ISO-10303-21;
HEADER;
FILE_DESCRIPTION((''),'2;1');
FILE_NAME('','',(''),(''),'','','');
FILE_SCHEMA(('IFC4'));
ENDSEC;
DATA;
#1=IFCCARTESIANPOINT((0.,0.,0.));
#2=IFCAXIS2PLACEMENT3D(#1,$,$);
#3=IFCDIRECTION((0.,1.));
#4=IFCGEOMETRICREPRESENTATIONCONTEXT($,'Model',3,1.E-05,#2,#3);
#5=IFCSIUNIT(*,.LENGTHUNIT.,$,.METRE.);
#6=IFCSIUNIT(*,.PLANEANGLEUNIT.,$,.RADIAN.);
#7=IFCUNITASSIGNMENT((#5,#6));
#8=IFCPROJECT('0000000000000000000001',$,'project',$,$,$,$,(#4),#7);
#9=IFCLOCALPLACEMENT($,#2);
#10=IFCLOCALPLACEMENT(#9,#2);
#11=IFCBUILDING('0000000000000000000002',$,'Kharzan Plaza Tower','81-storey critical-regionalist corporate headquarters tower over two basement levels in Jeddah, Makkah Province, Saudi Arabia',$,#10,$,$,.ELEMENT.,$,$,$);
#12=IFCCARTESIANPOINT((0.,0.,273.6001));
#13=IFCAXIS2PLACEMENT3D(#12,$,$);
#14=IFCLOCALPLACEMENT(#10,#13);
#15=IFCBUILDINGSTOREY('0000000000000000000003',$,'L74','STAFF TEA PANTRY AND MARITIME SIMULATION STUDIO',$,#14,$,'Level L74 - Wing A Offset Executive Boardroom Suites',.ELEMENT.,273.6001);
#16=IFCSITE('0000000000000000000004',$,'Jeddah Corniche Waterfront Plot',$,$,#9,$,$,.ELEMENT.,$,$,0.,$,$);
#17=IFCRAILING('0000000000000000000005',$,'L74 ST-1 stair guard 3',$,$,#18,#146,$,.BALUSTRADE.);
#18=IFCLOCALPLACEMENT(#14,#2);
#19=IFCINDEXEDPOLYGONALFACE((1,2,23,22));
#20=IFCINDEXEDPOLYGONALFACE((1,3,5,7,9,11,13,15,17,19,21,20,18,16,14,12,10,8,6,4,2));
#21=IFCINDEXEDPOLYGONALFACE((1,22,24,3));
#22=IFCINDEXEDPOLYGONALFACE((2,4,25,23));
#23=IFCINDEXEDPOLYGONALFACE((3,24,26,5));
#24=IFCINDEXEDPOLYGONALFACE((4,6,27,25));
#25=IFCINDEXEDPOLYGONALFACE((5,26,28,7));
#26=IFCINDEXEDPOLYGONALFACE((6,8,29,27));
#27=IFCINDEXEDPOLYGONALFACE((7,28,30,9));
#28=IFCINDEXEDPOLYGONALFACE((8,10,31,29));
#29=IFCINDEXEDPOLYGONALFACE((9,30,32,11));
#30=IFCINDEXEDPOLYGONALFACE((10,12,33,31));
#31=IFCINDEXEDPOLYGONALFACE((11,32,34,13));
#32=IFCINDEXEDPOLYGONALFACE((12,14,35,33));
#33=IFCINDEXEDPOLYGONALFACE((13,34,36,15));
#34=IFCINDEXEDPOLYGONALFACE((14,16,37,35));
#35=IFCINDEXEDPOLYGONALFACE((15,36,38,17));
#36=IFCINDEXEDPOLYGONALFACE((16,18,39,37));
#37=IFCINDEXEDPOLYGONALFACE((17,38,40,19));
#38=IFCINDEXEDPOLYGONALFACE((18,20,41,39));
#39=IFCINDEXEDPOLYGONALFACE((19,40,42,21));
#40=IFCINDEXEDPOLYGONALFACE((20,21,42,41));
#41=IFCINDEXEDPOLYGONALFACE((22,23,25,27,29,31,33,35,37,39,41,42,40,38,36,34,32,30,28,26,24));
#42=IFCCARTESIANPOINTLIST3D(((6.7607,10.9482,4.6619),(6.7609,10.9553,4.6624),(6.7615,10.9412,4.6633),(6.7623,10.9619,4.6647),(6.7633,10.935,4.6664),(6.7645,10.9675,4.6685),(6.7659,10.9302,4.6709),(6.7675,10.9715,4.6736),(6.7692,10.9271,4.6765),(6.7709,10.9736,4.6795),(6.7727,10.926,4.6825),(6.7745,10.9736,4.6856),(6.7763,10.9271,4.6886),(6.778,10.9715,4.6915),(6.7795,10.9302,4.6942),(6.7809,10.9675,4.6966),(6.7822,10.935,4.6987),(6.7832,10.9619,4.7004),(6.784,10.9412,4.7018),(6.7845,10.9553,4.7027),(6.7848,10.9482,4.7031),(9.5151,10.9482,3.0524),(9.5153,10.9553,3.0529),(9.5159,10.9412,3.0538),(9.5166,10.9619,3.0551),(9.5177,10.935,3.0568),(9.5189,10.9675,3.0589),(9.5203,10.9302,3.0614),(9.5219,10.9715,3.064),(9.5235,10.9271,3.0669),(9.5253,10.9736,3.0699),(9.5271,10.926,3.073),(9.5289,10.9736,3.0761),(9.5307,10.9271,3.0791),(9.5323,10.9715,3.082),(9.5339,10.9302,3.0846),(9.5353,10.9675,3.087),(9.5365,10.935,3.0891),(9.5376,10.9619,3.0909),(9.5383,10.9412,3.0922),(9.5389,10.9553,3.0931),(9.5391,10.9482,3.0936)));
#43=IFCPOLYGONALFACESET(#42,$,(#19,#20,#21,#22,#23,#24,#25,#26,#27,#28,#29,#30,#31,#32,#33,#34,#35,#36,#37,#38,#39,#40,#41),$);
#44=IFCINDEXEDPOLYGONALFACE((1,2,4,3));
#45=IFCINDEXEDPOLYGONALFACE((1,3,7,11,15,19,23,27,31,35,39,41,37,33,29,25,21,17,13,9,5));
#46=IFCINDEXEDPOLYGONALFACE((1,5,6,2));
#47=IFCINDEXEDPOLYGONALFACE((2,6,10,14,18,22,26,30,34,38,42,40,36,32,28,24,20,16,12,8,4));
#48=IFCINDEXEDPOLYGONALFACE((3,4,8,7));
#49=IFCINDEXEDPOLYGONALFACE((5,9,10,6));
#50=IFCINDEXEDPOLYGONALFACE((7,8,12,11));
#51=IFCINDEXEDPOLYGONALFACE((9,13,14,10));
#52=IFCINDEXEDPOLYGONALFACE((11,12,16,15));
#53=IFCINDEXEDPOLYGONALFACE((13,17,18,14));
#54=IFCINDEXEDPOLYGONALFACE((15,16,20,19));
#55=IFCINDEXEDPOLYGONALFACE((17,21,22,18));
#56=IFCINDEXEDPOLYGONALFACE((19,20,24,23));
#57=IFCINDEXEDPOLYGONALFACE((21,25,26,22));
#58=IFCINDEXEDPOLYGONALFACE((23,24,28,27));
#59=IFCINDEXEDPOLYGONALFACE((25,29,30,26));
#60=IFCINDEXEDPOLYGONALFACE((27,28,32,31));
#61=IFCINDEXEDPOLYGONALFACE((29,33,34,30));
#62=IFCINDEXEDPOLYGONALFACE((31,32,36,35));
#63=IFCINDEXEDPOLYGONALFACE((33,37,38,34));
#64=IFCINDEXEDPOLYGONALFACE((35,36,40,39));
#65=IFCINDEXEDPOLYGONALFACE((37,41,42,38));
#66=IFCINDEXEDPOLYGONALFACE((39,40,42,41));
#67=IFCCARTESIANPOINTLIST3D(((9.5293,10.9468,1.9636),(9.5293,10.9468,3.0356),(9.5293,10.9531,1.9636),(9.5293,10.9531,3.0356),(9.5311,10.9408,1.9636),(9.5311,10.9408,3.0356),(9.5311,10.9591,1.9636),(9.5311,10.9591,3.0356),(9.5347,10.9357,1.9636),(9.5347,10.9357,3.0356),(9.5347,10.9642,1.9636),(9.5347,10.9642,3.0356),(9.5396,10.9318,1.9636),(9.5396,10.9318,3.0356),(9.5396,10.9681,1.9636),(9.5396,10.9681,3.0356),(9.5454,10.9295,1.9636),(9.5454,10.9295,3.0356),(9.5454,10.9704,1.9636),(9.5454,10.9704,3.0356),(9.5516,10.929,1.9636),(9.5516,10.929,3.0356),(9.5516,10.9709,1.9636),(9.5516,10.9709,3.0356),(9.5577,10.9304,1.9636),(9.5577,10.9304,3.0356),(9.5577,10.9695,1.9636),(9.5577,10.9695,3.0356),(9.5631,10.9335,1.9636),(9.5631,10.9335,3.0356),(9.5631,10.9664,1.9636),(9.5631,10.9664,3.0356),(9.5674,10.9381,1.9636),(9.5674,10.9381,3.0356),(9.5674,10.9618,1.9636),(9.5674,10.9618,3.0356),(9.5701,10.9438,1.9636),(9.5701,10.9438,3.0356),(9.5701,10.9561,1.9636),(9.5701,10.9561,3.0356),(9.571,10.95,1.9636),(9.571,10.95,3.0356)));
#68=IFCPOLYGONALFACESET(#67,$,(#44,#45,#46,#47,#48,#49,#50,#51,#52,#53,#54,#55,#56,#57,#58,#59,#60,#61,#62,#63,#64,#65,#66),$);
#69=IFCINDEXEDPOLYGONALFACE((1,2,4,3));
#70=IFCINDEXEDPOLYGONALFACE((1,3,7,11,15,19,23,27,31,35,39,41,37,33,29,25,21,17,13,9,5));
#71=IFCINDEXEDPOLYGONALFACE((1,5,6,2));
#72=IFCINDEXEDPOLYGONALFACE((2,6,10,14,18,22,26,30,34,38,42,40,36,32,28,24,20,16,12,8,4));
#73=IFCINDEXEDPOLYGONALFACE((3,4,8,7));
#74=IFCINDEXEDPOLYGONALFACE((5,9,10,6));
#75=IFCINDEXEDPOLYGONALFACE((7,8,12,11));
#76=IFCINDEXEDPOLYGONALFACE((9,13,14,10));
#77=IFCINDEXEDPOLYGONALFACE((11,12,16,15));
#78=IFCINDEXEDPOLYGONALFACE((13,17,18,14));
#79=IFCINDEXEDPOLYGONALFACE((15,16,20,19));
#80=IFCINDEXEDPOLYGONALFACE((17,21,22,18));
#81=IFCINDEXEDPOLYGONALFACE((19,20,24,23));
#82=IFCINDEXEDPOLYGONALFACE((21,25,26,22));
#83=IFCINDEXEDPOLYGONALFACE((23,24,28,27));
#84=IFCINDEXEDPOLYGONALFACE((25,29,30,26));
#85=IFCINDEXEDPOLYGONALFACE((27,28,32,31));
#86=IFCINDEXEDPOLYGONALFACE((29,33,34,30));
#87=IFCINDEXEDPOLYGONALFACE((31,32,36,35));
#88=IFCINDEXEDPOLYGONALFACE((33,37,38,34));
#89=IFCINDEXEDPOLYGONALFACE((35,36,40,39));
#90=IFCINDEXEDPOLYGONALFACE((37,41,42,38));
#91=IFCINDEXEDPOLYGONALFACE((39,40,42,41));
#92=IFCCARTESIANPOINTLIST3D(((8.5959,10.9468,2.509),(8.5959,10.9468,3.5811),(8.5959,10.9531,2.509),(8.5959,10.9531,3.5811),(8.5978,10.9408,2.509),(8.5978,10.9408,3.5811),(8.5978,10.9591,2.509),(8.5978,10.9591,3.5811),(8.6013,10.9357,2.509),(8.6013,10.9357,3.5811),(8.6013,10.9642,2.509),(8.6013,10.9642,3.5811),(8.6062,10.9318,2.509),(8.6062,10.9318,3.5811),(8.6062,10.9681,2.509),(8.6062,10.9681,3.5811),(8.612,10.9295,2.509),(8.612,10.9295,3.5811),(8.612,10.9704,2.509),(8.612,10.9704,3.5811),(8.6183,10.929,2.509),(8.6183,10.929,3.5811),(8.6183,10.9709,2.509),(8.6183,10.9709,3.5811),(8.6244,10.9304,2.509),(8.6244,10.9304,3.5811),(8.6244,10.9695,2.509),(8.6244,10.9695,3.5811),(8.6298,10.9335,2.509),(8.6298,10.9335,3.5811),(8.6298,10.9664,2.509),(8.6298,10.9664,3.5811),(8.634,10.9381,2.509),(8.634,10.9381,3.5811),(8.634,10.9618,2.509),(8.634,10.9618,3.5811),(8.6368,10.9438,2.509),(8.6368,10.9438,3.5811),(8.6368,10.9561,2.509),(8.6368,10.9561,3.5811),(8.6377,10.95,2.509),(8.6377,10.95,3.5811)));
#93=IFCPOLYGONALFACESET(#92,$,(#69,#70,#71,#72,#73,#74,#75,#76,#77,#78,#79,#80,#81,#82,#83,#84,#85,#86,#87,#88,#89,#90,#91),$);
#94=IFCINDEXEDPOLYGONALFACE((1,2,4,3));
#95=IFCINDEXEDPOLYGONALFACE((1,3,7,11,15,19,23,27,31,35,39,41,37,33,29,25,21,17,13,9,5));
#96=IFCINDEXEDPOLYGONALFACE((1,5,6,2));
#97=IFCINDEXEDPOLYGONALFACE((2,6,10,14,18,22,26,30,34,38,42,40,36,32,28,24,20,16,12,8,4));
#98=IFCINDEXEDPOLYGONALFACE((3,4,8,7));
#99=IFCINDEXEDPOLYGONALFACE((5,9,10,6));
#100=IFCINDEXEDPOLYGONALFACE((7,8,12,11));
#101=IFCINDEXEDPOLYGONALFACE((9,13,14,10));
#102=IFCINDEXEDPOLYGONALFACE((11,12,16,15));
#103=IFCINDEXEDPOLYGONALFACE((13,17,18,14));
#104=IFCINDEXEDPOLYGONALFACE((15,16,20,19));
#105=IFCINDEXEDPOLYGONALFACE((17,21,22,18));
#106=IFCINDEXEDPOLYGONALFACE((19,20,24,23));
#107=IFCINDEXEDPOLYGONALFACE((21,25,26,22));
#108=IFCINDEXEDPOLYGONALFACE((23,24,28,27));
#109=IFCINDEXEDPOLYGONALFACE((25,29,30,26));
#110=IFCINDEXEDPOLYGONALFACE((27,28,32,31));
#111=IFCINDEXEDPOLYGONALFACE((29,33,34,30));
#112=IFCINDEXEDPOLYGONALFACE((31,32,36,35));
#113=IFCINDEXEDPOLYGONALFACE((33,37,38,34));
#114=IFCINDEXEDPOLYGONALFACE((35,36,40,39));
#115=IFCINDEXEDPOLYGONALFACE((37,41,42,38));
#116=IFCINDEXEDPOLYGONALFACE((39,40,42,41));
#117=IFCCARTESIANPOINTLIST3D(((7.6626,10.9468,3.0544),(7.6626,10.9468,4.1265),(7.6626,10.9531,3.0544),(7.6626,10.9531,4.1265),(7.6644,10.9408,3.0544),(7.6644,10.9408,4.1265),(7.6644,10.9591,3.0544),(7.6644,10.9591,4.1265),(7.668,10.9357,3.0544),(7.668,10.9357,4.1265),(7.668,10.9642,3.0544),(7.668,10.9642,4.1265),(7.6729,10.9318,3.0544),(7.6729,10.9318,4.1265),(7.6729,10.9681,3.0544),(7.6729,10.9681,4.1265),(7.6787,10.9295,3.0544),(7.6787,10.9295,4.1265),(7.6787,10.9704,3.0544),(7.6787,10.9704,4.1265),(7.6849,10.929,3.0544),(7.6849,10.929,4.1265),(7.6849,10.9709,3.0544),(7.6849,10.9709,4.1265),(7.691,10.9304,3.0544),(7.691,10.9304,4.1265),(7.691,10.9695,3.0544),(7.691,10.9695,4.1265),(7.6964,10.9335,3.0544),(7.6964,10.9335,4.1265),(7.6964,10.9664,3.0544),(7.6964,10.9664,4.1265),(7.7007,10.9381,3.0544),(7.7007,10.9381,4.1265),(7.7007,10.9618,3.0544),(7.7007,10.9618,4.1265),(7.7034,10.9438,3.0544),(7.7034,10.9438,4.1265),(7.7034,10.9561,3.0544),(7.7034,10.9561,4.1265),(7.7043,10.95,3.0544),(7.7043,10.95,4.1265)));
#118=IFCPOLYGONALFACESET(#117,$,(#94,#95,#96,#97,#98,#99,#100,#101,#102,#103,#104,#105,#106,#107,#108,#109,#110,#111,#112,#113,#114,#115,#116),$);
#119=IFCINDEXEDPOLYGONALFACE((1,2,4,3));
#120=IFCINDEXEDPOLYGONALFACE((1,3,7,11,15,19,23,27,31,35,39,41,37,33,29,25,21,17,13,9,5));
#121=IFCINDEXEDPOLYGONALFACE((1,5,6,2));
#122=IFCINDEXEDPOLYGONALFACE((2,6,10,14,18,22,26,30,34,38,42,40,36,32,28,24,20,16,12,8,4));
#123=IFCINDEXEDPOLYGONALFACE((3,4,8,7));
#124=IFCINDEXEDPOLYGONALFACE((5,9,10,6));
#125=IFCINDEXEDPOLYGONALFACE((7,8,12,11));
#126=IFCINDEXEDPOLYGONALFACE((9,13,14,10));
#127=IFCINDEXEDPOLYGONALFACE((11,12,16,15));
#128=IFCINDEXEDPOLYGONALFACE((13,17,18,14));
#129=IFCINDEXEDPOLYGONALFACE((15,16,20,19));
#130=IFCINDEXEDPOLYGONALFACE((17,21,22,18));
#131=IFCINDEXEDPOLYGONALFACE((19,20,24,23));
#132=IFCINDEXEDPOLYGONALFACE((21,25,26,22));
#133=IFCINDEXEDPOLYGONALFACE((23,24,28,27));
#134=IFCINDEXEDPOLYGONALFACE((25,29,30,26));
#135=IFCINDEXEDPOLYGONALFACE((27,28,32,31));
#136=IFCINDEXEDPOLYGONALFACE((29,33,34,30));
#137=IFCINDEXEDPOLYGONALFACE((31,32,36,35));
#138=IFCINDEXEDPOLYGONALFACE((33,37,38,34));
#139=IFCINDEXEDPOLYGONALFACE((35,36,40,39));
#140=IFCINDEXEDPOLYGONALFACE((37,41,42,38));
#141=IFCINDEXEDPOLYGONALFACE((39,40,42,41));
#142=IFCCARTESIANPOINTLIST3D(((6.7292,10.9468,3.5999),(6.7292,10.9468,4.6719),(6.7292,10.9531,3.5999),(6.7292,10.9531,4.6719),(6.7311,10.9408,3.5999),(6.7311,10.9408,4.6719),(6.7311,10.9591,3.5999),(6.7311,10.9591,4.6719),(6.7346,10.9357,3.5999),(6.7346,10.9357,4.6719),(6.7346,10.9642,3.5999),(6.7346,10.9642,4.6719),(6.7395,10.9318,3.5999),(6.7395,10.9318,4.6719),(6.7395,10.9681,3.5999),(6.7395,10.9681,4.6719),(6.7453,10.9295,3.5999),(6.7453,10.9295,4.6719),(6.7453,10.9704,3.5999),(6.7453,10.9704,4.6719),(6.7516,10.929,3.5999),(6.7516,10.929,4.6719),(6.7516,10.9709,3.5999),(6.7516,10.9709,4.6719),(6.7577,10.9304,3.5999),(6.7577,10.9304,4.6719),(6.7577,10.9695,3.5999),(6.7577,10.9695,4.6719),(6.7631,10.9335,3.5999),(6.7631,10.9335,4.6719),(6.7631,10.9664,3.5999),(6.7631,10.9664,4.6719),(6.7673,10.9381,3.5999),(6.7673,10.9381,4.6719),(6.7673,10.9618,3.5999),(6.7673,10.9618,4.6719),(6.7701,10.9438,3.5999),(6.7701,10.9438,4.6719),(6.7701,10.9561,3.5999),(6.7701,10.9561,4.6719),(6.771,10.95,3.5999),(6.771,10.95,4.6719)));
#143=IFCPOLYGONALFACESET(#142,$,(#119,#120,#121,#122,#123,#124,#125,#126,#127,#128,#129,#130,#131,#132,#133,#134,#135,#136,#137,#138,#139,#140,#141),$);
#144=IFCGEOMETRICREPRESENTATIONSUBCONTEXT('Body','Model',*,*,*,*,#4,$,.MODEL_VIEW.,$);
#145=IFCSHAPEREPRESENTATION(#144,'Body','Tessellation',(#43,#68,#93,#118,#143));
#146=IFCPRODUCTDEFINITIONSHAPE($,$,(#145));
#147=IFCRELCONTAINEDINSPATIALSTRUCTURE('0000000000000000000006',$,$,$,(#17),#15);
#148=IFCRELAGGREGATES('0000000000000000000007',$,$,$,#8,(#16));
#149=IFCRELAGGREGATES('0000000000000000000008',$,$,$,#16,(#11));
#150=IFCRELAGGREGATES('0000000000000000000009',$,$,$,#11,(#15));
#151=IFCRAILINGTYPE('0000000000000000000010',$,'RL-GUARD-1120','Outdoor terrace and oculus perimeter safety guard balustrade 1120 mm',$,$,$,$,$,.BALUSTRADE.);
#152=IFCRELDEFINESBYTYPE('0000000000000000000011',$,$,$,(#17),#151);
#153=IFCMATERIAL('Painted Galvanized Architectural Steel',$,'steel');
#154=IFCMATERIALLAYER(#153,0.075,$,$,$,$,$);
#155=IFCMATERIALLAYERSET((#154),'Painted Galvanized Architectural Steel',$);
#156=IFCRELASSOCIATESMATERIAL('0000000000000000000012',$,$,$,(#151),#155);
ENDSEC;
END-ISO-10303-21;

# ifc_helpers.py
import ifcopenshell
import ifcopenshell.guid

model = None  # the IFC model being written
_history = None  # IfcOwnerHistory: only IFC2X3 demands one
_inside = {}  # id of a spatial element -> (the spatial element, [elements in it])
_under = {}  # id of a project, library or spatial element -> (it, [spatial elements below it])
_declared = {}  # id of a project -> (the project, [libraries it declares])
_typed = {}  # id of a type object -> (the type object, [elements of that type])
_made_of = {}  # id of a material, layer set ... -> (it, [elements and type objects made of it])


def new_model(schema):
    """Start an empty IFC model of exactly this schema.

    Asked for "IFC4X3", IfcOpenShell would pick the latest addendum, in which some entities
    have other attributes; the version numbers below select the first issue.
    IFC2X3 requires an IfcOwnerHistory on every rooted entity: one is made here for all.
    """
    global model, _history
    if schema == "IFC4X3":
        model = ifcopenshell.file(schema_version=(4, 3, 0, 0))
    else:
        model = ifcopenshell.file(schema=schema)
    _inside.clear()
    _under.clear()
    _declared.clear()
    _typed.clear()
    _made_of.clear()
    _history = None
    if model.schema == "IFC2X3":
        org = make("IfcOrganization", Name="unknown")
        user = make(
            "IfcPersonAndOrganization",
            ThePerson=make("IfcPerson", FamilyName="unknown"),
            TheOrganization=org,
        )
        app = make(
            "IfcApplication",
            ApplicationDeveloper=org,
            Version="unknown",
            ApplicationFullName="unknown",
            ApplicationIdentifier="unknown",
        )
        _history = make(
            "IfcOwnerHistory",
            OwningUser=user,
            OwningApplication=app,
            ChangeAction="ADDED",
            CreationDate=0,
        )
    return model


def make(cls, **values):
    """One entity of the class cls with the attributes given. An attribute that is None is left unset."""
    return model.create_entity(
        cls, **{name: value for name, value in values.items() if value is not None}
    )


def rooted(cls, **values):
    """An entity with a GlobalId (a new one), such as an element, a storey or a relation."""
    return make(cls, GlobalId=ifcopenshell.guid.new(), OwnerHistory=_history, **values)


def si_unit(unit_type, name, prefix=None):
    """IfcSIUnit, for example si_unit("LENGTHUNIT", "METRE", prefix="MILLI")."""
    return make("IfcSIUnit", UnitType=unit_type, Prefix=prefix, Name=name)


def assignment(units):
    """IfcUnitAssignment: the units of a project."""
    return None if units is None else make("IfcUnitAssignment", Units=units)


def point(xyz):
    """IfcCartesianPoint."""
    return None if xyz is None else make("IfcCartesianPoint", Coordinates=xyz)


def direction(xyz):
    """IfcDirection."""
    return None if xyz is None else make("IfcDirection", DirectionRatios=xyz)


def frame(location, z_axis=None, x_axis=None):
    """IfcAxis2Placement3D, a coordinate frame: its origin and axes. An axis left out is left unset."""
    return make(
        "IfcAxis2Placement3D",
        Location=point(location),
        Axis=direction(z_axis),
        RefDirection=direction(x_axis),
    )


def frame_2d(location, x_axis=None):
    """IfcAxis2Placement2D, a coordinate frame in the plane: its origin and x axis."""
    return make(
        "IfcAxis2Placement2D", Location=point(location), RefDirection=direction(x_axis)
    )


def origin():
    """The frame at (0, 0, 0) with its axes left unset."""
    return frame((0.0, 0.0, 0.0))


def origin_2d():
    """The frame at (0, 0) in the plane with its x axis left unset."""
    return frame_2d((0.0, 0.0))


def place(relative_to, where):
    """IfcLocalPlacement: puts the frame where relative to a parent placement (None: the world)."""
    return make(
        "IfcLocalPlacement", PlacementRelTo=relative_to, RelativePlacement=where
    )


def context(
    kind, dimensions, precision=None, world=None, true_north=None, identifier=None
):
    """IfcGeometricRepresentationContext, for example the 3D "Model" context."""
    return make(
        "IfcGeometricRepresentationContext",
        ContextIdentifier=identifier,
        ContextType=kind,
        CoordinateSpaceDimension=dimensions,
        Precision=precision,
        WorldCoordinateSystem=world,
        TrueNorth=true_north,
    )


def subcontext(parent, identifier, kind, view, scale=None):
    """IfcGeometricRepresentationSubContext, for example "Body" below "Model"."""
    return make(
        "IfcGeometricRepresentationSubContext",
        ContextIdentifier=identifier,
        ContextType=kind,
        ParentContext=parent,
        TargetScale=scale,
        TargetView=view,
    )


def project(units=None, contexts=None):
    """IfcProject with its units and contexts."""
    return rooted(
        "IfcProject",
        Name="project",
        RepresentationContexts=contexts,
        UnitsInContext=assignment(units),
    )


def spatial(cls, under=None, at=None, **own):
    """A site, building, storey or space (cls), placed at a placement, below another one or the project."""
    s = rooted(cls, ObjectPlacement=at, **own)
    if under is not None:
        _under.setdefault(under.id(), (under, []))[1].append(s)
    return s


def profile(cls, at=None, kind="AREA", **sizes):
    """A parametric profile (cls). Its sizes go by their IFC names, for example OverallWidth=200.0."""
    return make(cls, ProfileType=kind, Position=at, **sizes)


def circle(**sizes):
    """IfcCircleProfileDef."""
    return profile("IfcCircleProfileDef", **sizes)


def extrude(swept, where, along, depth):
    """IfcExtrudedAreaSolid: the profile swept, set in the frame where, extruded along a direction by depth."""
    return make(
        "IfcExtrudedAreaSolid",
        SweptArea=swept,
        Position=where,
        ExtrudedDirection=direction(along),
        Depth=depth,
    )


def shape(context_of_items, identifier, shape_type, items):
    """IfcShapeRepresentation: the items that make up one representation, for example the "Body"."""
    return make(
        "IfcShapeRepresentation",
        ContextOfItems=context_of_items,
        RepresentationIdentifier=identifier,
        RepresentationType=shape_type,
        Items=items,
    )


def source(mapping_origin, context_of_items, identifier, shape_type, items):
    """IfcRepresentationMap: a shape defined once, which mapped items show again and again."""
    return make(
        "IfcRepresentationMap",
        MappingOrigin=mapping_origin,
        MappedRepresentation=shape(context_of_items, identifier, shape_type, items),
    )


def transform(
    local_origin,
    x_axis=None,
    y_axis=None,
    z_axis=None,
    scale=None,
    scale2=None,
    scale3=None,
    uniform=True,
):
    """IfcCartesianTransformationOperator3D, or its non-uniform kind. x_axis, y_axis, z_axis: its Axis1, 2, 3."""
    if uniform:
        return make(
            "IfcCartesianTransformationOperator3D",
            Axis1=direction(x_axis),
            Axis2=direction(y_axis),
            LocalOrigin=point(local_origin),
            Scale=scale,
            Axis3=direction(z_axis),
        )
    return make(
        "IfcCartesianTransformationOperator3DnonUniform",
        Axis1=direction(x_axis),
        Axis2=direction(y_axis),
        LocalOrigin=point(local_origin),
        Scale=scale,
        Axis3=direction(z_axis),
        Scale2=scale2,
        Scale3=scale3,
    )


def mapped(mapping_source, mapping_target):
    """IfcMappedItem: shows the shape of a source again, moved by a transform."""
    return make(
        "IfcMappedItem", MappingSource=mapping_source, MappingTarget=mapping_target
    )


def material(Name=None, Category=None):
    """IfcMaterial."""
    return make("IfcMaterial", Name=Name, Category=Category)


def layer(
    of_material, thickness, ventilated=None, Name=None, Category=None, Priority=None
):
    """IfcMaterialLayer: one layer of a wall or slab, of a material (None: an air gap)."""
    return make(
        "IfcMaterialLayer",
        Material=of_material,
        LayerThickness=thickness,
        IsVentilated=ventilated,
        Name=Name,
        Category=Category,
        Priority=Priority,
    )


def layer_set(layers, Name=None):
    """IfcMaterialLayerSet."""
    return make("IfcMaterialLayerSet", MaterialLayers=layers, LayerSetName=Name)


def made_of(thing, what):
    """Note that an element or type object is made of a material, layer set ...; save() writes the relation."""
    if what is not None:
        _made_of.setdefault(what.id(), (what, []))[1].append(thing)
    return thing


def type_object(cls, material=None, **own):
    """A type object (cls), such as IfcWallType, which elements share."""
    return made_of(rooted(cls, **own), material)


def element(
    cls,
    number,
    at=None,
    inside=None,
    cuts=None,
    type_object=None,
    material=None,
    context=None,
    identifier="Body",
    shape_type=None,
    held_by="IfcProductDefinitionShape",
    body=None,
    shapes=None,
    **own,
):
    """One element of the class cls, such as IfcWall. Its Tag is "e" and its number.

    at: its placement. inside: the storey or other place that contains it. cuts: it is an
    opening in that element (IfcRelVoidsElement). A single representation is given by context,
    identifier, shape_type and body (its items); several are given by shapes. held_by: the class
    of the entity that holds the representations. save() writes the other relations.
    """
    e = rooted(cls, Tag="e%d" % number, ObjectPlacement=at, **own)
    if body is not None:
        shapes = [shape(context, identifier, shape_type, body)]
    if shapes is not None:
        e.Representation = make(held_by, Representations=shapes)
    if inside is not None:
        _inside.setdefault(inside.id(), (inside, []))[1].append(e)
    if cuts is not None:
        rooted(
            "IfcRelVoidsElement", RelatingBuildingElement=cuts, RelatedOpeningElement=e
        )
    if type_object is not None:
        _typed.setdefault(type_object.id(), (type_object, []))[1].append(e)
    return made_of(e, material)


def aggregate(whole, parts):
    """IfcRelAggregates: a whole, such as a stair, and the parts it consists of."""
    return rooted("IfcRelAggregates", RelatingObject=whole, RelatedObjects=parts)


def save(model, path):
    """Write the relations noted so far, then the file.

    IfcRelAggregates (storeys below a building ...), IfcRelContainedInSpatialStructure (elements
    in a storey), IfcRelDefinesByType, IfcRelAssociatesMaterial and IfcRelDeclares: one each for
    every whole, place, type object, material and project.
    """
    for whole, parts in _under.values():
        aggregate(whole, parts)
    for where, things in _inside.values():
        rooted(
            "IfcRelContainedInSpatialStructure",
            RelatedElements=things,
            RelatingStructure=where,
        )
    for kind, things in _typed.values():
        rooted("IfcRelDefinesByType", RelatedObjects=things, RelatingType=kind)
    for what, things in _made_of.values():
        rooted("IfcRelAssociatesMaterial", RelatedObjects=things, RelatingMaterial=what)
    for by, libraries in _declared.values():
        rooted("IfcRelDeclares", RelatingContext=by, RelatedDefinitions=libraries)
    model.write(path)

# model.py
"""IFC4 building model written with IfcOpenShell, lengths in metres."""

from ifc_helpers import new_model, si_unit, direction, frame, origin, origin_2d, place, context, subcontext, project, spatial, circle, extrude, source, transform, mapped, material, layer, layer_set, type_object, element, save


model = new_model("IFC4")

# Units and contexts
model_context = context("Model", 3, precision=1e-05, world=origin(), true_north=direction((0.0, 1.0)))
body_context = subcontext(model_context, "Body", "Model", "MODEL_VIEW")
ifc_project = project(units=[si_unit("LENGTHUNIT", "METRE"), si_unit("PLANEANGLEUNIT", "RADIAN")], contexts=[model_context])

# Site, building, storey
site_placement = place(None, origin())
site = spatial("IfcSite", under=ifc_project, at=site_placement, Name="Jeddah Corniche Waterfront Plot", CompositionType="ELEMENT", RefElevation=0.0)
building_placement = place(site_placement, origin())
building = spatial("IfcBuilding", under=site, at=building_placement, Name="Kharzan Plaza Tower", Description="81-storey critical-regionalist corporate headquarters tower over two basement levels in Jeddah, Makkah Province, Saudi Arabia", CompositionType="ELEMENT")
storey_placement = place(building_placement, frame((0.0, 0.0, 273.6001)))
storey = spatial("IfcBuildingStorey", under=building, at=storey_placement, Name="L74", Description="STAFF TEA PANTRY AND MARITIME SIMULATION STUDIO", LongName="Level L74 - Wing A Offset Executive Boardroom Suites", CompositionType="ELEMENT", Elevation=273.6001)

# Railing
ifc_material_1 = material(Name="Painted Galvanized Architectural Steel", Category="steel")
ifc_layer_1 = layer(ifc_material_1, 0.075)
ifc_layer_set_1 = layer_set([ifc_layer_1], Name="Painted Galvanized Architectural Steel")
railing_type_1 = type_object("IfcRailingType", Name="RL-GUARD-1120", Description="Outdoor terrace and oculus perimeter safety guard balustrade 1120 mm", PredefinedType="BALUSTRADE", material=ifc_layer_set_1)
shared_shape_1 = source(origin(), body_context, "Body", "SweptSolid", [
    extrude(circle(Radius=0.0239, at=origin_2d()), frame((-0.0229, 0.0, 1.1094), z_axis=(-0.863394, 0.0, 0.504531), x_axis=(0.0, -1.0, 0.0)), (0.0, 0.0, 1.0), 3.1902),
    extrude(circle(Radius=0.021, at=origin_2d()), origin(), (0.0, 0.0, 1.0), 1.072),
    extrude(circle(Radius=0.021, at=origin_2d()), frame((-0.9333, 0.0, 0.5454)), (0.0, 0.0, 1.0), 1.072),
    extrude(circle(Radius=0.021, at=origin_2d()), frame((-1.8667, 0.0, 1.0908)), (0.0, 0.0, 1.0), 1.072),
    extrude(circle(Radius=0.021, at=origin_2d()), frame((-2.8, 0.0, 1.6362)), (0.0, 0.0, 1.0), 1.072),
])
railing_1_placement = place(storey_placement, frame((9.55, 10.95, 1.9636)))
element("IfcRailing", 1, at=railing_1_placement, inside=storey, type_object=railing_type_1, Name="L74 ST-1 stair guard 3", PredefinedType="BALUSTRADE", context=body_context, shape_type="MappedRepresentation", body=[
    mapped(shared_shape_1, transform((0.0, 0.0, 0.0), x_axis=(1.0, 0.0, 0.0), y_axis=(0.0, 1.0, 0.0), z_axis=(0.0, 0.0, 1.0))),
])

save(model, "model.ifc")
